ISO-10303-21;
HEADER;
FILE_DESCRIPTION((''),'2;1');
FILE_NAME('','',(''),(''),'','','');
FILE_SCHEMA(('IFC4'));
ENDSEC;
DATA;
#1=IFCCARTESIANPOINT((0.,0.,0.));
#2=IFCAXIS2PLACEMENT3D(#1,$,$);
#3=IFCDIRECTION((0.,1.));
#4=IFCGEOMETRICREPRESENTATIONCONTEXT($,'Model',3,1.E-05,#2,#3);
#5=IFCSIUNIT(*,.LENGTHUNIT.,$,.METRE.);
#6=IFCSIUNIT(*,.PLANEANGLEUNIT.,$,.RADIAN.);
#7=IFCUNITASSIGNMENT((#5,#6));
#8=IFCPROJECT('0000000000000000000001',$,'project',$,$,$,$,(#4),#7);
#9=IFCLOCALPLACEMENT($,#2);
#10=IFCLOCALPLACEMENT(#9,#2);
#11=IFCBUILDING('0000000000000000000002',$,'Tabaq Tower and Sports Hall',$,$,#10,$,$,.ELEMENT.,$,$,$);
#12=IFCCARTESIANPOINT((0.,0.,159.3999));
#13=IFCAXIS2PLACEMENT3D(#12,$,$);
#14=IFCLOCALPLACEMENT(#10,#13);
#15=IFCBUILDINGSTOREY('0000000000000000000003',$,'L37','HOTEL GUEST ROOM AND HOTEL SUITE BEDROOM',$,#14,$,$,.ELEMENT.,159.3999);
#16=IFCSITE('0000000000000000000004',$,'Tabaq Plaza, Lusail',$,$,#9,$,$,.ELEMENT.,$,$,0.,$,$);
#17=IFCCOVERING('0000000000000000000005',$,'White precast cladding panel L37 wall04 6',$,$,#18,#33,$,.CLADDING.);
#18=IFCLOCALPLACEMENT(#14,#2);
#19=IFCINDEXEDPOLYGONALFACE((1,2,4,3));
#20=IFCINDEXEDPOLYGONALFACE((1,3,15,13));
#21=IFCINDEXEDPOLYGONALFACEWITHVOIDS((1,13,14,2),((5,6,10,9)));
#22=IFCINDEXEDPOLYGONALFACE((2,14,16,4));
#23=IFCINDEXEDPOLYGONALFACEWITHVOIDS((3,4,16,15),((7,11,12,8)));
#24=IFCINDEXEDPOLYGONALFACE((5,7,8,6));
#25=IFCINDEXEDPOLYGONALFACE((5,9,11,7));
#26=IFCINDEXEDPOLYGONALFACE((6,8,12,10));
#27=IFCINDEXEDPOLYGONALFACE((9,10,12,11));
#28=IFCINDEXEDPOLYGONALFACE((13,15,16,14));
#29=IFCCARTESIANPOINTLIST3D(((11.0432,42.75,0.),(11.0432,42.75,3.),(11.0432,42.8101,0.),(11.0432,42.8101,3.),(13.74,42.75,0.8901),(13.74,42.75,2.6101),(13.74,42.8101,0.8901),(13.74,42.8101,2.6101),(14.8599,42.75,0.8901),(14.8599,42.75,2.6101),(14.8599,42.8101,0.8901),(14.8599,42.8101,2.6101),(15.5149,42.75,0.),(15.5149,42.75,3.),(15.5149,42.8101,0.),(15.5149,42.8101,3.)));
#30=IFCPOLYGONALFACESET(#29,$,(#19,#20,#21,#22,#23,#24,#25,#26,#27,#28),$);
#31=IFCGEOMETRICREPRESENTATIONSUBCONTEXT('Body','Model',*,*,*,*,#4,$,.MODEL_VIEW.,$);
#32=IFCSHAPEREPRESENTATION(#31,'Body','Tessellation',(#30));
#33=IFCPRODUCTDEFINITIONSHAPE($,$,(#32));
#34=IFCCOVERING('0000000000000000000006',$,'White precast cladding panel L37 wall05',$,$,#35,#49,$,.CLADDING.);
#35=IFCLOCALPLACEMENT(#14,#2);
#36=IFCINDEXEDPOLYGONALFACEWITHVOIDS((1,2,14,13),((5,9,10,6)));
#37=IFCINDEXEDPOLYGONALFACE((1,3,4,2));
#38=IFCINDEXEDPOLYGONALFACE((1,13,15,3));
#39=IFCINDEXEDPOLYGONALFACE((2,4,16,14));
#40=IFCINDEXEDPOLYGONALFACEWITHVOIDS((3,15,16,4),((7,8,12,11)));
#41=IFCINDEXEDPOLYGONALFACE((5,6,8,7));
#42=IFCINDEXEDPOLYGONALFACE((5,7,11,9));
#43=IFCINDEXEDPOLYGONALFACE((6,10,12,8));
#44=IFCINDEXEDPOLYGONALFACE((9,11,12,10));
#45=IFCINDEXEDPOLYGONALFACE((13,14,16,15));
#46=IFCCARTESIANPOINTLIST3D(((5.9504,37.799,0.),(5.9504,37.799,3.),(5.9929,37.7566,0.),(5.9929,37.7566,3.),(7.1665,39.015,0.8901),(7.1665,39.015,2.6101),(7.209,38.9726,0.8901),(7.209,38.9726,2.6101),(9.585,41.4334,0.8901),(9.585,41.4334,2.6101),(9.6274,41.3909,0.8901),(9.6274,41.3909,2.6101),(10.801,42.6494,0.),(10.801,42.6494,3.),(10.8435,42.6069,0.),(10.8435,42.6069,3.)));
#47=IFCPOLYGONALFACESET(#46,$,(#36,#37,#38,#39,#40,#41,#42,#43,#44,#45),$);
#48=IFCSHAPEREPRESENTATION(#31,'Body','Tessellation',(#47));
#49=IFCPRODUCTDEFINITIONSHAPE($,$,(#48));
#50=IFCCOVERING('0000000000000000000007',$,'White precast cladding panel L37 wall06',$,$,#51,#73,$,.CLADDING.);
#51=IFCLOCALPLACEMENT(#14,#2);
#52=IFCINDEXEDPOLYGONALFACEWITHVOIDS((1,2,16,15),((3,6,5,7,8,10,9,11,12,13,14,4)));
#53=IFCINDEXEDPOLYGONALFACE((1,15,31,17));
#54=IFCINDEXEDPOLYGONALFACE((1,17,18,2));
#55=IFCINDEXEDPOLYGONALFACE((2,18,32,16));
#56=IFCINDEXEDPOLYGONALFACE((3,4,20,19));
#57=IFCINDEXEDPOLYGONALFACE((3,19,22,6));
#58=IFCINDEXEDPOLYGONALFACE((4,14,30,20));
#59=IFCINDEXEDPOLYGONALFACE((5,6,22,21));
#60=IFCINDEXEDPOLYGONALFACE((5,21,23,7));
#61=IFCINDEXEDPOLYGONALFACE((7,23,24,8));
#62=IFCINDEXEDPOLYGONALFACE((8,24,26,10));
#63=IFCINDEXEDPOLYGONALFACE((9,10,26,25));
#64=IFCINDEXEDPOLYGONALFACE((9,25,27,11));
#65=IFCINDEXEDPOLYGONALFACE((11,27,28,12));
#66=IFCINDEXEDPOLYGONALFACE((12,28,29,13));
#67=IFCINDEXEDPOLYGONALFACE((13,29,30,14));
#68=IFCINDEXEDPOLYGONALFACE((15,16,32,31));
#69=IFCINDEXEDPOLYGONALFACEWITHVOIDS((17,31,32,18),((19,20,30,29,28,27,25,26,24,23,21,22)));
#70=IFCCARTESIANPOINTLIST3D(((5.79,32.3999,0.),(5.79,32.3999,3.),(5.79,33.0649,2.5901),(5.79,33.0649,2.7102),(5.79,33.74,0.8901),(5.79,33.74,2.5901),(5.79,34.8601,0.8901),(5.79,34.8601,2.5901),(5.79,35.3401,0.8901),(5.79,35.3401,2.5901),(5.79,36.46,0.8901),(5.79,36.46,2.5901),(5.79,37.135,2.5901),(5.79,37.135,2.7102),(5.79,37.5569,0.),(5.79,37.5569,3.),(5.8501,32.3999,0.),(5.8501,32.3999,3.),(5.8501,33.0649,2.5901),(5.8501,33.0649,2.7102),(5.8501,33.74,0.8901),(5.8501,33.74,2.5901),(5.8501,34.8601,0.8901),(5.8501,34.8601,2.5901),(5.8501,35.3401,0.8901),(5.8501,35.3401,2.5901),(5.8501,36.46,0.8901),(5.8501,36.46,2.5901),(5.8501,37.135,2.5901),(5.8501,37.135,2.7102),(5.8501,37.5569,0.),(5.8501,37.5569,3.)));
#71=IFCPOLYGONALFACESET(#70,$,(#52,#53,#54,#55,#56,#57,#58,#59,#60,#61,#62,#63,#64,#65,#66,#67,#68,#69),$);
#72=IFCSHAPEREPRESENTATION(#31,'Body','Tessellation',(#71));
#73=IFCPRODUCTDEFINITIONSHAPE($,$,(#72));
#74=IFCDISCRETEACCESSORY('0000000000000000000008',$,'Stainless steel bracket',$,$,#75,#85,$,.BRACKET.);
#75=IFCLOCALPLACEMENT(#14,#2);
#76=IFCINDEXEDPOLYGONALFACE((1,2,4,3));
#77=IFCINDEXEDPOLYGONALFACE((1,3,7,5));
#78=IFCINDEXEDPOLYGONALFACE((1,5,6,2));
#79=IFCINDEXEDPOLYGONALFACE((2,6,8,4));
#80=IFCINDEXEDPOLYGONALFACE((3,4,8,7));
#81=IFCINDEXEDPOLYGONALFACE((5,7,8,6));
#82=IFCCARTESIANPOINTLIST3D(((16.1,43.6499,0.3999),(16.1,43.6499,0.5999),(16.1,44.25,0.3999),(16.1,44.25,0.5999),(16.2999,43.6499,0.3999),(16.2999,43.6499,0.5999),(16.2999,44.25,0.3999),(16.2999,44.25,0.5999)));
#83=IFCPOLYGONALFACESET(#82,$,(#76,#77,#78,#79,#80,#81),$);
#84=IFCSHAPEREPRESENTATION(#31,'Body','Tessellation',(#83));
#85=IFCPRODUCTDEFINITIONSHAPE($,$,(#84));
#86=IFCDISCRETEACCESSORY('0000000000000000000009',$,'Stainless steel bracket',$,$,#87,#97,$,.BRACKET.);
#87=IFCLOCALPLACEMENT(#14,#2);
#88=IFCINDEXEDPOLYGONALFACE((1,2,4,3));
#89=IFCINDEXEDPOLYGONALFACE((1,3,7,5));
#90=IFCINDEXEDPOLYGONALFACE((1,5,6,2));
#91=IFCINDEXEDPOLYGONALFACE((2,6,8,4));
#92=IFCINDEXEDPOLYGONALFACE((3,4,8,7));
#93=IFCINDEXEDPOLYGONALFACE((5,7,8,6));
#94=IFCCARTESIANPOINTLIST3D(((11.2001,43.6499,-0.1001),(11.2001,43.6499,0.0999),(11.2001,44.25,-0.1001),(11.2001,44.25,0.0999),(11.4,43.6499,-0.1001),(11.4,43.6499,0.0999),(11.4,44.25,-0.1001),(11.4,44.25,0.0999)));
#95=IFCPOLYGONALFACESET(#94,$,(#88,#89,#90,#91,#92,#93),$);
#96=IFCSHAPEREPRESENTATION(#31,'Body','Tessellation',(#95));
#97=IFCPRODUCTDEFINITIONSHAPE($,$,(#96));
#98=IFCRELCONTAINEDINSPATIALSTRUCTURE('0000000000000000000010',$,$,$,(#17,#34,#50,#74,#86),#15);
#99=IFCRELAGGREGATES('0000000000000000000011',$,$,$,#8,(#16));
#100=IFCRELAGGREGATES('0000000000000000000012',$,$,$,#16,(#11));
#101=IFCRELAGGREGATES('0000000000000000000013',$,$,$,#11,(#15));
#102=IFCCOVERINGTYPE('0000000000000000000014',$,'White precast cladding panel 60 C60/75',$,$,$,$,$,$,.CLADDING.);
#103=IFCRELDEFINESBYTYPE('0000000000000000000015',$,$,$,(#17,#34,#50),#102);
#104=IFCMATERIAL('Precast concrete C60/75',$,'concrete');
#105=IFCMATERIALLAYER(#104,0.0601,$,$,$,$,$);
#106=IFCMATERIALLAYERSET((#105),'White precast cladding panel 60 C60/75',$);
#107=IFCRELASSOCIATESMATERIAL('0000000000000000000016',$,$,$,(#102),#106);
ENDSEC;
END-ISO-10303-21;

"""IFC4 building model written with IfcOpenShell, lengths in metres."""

from ifc_helpers import new_model, si_unit, direction, frame, origin, origin_2d, place, context, subcontext, project, spatial, polyline, rectangle, outline, extrude, material, layer, layer_set, type_object, element, save


model = new_model("IFC4")

# Units and contexts
model_context = context("Model", 3, precision=1e-05, world=origin(), true_north=direction((0.0, 1.0)))
body_context = subcontext(model_context, "Body", "Model", "MODEL_VIEW")
ifc_project = project(units=[si_unit("LENGTHUNIT", "METRE"), si_unit("PLANEANGLEUNIT", "RADIAN")], contexts=[model_context])

# Site, building, storey
site_placement = place(None, origin())
site = spatial("IfcSite", under=ifc_project, at=site_placement, Name="Tabaq Plaza, Lusail", CompositionType="ELEMENT", RefElevation=0.0)
building_placement = place(site_placement, origin())
building = spatial("IfcBuilding", under=site, at=building_placement, Name="Tabaq Tower and Sports Hall", CompositionType="ELEMENT")
storey_placement = place(building_placement, frame((0.0, 0.0, 159.3999)))
storey = spatial("IfcBuildingStorey", under=building, at=storey_placement, Name="L37", Description="HOTEL GUEST ROOM AND HOTEL SUITE BEDROOM", CompositionType="ELEMENT", Elevation=159.3999)

# Coverings
ifc_material_1 = material(Name="Precast concrete C60/75", Category="concrete")
ifc_layer_1 = layer(ifc_material_1, 0.0601)
ifc_layer_set_1 = layer_set([ifc_layer_1], Name="White precast cladding panel 60 C60/75")
covering_type = type_object("IfcCoveringType", Name="White precast cladding panel 60 C60/75", PredefinedType="CLADDING", material=ifc_layer_set_1)
covering_1_placement = place(storey_placement, frame((15.5149, 42.78, 0.0), z_axis=(0.0, 0.0, 1.0), x_axis=(-1.0, 0.0, 0.0)))
element("IfcCovering", 1, at=covering_1_placement, inside=storey, type_object=covering_type, Name="White precast cladding panel L37 wall04 6", PredefinedType="CLADDING", context=body_context, shape_type="SweptSolid", body=[
    extrude(outline(polyline([(0.0, 0.0), (4.4717, 0.0), (4.4717, 3.0), (0.0, 3.0), (0.0, 0.0)]), holes=[polyline([(0.655, 0.8901), (0.655, 2.6101), (1.7749, 2.6101), (1.7749, 0.8901), (0.655, 0.8901)])]), frame((0.0, 0.03, 0.0), z_axis=(0.0, -1.0, 0.0), x_axis=(1.0, 0.0, 0.0)), (0.0, 0.0, 1.0), 0.0601),
])
covering_2_placement = place(storey_placement, frame((10.8223, 42.6282, 0.0), z_axis=(0.0, 0.0, 1.0), x_axis=(-0.707125, -0.707089, 0.0)))
element("IfcCovering", 2, at=covering_2_placement, inside=storey, type_object=covering_type, Name="White precast cladding panel L37 wall05", PredefinedType="CLADDING", context=body_context, shape_type="SweptSolid", body=[
    extrude(outline(polyline([(0.0, 0.0), (6.8596, 0.0), (6.8596, 3.0), (0.0, 3.0), (0.0, 0.0)]), holes=[polyline([(1.7197, 0.8901), (1.7197, 2.6101), (5.1399, 2.6101), (5.1399, 0.8901), (1.7197, 0.8901)])]), frame((0.0, 0.03, 0.0), z_axis=(0.0, -1.0, 0.0), x_axis=(1.0, 0.0, 0.0)), (0.0, 0.0, 1.0), 0.0601),
])
covering_3_placement = place(storey_placement, frame((5.8201, 37.5569, 0.0), z_axis=(0.0, 0.0, 1.0), x_axis=(0.0, -1.0, 0.0)))
element("IfcCovering", 3, at=covering_3_placement, inside=storey, type_object=covering_type, Name="White precast cladding panel L37 wall06", PredefinedType="CLADDING", context=body_context, shape_type="SweptSolid", body=[
    extrude(outline(polyline([(0.0, 0.0), (5.157, 0.0), (5.157, 3.0), (0.0, 3.0), (0.0, 0.0)]), holes=[polyline([(1.0969, 2.5901), (0.4219, 2.5901), (0.4219, 2.7102), (4.4919, 2.7102), (4.4919, 2.5901), (3.8169, 2.5901), (3.8169, 0.8901), (2.6968, 0.8901), (2.6968, 2.5901), (2.2168, 2.5901), (2.2168, 0.8901), (1.0969, 0.8901), (1.0969, 2.5901)])]), frame((0.0, 0.03, 0.0), z_axis=(0.0, -1.0, 0.0), x_axis=(1.0, 0.0, 0.0)), (0.0, 0.0, 1.0), 0.0601),
])

# Discrete accessories
for number, where, z_axis, x_axis, name in (
    (4, (16.2, 43.95, 0.3999), (0.0, 0.0, 1.0), (0.0, 1.0, 0.0), "Stainless steel bracket"),
    (5, (11.3, 43.95, -0.1001), (0.0, 0.0, 1.0), (0.0, 1.0, 0.0), "Stainless steel bracket"),
):
    element("IfcDiscreteAccessory", number, at=place(storey_placement, frame(where, z_axis=z_axis, x_axis=x_axis)), inside=storey, Name=name, PredefinedType="BRACKET", context=body_context, shape_type="SweptSolid", body=[
        extrude(rectangle(XDim=0.6001, YDim=0.2, at=origin_2d()), origin(), (0.0, 0.0, 1.0), 0.2),
    ])

save(model, "model.ifc")
